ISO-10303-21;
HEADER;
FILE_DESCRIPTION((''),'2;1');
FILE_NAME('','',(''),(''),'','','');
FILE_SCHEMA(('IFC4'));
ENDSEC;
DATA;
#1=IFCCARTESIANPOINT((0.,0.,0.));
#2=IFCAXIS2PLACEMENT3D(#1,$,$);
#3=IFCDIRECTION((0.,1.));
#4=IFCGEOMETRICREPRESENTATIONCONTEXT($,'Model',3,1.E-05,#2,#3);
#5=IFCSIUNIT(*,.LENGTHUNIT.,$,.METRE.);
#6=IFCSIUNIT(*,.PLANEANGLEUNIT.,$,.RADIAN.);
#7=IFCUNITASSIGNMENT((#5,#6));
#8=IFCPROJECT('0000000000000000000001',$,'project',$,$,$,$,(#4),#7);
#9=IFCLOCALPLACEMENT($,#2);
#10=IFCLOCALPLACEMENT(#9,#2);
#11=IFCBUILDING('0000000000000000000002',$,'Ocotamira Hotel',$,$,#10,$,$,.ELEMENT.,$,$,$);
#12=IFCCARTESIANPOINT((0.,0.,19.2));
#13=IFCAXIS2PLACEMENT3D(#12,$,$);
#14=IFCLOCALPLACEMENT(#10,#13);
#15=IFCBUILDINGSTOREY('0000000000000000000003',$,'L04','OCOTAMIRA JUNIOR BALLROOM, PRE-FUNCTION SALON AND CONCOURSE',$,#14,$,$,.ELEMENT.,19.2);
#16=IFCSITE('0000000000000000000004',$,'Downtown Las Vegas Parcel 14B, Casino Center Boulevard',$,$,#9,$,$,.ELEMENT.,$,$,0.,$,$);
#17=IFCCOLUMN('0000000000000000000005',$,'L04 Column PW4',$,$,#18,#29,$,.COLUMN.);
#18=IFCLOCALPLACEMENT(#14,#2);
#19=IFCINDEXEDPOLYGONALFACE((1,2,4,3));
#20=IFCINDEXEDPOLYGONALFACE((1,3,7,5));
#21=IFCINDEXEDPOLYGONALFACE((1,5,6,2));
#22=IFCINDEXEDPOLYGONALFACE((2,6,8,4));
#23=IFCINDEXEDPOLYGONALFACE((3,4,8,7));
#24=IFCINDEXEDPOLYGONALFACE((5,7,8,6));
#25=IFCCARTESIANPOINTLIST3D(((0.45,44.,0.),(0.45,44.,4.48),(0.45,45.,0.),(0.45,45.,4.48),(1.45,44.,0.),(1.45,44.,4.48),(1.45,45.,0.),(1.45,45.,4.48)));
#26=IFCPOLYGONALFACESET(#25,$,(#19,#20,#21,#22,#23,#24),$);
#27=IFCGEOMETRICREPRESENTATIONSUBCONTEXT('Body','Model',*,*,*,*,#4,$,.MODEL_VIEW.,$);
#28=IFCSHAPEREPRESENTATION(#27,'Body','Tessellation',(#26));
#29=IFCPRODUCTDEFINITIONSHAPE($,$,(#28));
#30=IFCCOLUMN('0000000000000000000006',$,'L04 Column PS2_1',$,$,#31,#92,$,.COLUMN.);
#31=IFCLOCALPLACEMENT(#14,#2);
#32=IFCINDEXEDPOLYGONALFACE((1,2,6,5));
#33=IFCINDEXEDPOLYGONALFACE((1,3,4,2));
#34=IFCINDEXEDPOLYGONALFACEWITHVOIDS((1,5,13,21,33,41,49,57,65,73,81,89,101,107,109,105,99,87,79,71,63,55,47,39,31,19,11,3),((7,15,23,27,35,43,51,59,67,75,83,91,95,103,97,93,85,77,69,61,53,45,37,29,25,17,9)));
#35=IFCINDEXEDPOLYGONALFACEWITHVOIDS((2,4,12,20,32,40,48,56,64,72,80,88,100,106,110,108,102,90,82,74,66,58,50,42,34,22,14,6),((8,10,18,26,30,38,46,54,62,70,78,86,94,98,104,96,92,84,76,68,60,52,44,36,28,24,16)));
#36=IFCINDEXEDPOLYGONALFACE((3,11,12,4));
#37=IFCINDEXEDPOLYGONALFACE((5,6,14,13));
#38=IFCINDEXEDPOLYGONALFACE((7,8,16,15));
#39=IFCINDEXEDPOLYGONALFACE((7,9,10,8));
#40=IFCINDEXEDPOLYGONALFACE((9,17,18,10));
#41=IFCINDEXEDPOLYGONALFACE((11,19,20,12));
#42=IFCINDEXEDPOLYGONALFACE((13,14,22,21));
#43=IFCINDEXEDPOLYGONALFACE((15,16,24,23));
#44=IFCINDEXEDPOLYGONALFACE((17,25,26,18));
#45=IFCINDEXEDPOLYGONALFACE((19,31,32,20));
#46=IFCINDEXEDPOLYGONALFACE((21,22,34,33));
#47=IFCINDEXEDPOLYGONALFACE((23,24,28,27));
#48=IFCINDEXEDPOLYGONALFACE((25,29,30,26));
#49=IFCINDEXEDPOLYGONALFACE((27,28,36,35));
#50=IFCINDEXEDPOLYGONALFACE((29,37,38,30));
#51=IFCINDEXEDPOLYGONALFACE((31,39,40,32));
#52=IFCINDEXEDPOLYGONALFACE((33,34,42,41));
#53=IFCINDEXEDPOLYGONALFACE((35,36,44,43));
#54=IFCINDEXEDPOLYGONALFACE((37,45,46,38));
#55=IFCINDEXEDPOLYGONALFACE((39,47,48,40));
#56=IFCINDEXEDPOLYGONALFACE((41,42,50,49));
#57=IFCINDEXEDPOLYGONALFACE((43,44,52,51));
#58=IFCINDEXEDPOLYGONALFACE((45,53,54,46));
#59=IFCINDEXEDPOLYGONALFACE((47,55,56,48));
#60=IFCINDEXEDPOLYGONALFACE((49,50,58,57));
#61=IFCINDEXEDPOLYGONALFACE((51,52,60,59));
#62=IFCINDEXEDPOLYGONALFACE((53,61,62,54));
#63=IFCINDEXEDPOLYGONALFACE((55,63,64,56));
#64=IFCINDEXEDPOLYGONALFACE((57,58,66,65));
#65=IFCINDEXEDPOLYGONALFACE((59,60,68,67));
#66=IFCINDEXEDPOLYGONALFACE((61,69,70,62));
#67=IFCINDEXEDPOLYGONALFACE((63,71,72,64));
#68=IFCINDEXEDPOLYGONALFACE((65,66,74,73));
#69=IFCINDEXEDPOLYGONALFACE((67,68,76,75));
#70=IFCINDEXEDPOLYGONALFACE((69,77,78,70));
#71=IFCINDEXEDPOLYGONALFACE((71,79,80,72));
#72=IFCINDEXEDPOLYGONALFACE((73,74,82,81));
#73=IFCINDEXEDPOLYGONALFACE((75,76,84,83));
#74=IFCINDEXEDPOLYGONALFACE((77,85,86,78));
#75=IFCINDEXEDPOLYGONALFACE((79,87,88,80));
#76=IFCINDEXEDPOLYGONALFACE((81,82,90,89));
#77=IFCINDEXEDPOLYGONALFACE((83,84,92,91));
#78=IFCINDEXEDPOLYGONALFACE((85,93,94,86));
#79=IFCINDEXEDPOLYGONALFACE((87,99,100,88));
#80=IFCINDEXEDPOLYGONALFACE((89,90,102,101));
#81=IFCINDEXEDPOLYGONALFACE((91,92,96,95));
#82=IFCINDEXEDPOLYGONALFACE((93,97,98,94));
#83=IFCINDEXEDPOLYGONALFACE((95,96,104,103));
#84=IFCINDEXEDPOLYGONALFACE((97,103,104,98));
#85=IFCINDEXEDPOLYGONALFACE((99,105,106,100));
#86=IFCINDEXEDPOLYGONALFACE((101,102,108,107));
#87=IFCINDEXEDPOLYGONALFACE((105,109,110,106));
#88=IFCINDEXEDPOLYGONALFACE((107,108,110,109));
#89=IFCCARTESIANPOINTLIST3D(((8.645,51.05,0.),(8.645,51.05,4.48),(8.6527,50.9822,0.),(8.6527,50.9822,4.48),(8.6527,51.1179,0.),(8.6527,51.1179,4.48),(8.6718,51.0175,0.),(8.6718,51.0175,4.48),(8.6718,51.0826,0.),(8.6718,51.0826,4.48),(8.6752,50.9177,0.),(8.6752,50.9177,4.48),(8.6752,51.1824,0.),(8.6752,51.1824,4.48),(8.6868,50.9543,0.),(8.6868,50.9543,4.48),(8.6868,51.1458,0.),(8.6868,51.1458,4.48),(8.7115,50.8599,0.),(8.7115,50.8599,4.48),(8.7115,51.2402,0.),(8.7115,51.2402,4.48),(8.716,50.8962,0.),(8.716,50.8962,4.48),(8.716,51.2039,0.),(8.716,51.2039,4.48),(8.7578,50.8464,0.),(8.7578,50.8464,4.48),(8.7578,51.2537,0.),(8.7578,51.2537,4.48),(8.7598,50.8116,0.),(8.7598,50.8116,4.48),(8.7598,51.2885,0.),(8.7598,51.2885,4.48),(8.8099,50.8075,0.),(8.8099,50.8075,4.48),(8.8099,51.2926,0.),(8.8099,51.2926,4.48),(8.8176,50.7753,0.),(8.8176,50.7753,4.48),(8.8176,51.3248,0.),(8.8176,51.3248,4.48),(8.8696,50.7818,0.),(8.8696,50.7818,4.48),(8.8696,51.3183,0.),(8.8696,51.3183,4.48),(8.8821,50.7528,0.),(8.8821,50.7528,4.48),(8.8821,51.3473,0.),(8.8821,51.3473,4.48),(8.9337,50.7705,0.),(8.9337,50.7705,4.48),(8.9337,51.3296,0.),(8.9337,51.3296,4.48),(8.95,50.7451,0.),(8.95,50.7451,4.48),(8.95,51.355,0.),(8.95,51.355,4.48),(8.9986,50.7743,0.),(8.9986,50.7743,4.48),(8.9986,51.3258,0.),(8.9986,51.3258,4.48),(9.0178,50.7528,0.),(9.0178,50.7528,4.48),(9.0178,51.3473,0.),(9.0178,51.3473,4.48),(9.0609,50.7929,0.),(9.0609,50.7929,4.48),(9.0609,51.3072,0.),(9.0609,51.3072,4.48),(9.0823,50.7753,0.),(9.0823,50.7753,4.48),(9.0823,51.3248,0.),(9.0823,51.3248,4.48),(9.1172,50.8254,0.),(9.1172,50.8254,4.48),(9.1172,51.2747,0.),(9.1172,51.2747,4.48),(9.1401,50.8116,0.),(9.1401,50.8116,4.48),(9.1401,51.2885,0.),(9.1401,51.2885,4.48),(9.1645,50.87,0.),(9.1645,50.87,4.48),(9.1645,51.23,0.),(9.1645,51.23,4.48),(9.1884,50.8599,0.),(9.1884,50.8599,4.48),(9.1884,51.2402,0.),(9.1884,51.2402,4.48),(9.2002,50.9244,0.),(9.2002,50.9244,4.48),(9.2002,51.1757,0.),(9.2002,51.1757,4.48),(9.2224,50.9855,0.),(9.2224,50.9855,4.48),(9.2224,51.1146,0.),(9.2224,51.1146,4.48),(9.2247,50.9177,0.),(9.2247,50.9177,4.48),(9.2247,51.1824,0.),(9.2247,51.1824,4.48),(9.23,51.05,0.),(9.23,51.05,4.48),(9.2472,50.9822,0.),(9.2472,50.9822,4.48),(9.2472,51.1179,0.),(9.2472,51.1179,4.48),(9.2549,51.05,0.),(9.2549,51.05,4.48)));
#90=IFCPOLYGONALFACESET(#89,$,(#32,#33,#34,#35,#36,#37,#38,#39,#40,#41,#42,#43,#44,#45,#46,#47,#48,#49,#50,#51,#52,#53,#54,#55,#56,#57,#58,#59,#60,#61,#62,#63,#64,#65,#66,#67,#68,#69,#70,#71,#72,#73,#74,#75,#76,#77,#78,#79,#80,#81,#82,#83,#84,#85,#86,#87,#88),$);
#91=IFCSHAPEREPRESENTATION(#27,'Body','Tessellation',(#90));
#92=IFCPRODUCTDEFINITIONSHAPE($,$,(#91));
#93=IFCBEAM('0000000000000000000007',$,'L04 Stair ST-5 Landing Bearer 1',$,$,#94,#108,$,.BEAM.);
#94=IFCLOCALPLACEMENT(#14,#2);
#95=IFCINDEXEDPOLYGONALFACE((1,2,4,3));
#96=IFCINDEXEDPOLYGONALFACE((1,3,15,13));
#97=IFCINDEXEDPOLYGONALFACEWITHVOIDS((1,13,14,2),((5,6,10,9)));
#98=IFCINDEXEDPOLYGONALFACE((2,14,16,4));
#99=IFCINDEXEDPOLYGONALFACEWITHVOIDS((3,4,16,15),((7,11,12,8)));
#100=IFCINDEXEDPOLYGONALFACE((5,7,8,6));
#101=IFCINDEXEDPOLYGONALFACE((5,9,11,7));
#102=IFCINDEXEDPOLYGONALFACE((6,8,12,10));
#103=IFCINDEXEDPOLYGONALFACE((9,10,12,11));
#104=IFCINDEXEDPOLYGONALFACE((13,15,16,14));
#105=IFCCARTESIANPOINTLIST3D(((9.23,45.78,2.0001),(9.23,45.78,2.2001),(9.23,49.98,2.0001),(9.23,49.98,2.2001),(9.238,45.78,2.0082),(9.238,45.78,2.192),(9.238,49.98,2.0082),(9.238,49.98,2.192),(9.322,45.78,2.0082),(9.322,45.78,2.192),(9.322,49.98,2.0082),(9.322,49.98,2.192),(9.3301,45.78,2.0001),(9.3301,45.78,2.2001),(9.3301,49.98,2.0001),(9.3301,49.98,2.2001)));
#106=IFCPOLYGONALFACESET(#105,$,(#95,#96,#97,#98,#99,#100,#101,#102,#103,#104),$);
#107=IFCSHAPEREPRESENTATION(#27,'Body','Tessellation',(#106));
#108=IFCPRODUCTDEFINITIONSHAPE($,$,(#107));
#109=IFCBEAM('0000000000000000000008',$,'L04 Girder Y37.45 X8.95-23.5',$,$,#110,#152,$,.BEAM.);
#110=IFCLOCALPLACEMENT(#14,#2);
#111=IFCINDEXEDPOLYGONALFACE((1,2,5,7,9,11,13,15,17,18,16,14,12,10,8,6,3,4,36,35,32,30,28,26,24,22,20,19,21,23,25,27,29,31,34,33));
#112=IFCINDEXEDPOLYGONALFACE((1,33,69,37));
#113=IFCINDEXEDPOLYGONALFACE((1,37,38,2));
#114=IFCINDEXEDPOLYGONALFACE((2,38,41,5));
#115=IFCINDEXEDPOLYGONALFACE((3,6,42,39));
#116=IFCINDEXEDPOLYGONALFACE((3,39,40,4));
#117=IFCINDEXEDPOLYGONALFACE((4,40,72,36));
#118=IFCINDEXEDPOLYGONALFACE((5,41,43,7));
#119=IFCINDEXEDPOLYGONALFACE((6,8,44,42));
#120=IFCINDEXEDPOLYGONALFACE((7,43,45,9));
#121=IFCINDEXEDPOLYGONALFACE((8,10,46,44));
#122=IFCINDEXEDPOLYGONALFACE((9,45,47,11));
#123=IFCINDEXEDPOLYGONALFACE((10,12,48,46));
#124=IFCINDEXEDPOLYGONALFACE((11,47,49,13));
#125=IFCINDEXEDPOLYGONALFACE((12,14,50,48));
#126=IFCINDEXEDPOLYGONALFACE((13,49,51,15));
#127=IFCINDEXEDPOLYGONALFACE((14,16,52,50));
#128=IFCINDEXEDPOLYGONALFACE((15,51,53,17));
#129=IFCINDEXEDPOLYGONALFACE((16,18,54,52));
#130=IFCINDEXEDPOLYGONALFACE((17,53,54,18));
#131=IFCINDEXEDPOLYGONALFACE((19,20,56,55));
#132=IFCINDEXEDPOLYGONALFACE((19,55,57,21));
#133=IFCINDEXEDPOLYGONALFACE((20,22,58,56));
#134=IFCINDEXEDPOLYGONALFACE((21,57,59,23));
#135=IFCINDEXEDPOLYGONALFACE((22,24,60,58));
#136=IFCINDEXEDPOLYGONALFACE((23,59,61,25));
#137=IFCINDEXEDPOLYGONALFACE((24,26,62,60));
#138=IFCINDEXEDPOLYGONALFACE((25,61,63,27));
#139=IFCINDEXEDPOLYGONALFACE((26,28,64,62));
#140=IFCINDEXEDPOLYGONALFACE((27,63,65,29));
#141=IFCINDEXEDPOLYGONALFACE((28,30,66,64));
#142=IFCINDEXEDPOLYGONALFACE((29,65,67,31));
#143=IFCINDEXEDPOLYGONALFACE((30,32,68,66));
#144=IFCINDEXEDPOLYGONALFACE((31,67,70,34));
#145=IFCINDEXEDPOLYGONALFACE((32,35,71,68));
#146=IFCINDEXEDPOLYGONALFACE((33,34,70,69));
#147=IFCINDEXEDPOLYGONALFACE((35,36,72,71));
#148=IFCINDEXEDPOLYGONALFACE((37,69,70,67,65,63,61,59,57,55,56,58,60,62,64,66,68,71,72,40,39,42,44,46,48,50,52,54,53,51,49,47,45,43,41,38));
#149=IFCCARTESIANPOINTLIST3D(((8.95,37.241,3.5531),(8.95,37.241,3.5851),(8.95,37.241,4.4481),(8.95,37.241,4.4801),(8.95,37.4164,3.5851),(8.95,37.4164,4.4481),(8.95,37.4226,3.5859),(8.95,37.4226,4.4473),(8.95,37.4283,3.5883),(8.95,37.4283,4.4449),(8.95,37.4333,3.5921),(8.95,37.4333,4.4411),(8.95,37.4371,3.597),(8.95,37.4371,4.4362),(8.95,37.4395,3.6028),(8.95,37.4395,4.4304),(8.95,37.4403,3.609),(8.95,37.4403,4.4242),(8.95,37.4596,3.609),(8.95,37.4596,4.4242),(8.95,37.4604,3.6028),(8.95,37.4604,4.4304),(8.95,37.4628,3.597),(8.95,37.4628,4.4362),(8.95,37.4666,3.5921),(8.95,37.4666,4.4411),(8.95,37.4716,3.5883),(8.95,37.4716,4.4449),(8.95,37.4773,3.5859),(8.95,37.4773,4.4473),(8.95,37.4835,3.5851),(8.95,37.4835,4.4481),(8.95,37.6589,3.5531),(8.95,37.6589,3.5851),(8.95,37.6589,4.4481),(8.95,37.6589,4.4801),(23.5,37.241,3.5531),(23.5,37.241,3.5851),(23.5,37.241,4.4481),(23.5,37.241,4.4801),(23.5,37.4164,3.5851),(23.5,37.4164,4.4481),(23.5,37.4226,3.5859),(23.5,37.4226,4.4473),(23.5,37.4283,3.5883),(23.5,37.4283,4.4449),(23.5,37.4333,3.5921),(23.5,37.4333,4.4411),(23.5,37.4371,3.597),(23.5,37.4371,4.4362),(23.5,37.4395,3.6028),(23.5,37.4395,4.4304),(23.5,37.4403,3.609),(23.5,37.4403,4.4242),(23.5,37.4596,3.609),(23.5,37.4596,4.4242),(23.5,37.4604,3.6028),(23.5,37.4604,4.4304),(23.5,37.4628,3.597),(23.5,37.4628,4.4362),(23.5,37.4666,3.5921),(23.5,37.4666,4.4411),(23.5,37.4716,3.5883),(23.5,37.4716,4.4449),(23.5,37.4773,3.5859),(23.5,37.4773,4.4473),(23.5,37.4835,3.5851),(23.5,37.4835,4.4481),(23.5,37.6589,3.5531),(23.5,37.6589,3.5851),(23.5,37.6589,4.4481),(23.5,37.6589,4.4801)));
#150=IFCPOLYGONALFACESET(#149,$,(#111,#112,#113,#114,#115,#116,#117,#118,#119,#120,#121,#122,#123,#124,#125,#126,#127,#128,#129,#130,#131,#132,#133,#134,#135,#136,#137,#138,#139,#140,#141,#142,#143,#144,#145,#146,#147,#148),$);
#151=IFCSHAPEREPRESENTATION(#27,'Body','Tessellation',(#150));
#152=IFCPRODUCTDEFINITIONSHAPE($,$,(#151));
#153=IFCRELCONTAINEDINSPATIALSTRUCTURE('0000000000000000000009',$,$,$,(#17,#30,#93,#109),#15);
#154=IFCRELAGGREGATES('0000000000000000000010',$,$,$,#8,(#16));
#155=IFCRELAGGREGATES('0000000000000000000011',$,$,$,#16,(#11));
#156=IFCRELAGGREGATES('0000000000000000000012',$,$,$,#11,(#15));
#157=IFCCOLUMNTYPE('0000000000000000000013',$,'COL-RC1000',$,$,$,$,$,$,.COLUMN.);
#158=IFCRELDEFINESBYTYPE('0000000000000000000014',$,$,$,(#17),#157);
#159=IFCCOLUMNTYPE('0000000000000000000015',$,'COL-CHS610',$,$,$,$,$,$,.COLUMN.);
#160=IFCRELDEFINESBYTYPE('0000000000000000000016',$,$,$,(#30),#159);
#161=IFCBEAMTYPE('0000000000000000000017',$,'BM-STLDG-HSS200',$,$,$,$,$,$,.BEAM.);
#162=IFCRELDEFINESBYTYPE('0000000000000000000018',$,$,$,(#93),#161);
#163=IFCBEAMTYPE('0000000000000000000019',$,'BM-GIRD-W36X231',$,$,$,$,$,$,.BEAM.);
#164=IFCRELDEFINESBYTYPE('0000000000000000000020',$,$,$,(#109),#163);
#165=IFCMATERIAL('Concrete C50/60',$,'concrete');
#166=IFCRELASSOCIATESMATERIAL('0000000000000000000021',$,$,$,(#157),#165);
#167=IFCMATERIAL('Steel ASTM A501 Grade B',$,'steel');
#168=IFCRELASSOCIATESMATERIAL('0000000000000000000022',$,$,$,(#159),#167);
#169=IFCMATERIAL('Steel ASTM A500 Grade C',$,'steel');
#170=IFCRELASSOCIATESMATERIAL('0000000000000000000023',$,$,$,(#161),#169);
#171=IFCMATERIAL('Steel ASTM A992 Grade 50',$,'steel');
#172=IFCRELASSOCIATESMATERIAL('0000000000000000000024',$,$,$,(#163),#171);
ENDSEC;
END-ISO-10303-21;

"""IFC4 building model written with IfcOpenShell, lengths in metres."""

from ifc_helpers import new_model, si_unit, direction, frame, origin, origin_2d, place, context, subcontext, project, spatial, rectangle, hollow_rectangle, hollow_circle, i_section, extrude, source, transform, mapped, material, material_profile, profile_set, type_object, element, save


model = new_model("IFC4")

# Units and contexts
model_context = context("Model", 3, precision=1e-05, world=origin(), true_north=direction((0.0, 1.0)))
body_context = subcontext(model_context, "Body", "Model", "MODEL_VIEW")
ifc_project = project(units=[si_unit("LENGTHUNIT", "METRE"), si_unit("PLANEANGLEUNIT", "RADIAN")], contexts=[model_context])

# Site, building, storey
site_placement = place(None, origin())
site = spatial("IfcSite", under=ifc_project, at=site_placement, Name="Downtown Las Vegas Parcel 14B, Casino Center Boulevard", CompositionType="ELEMENT", RefElevation=0.0)
building_placement = place(site_placement, origin())
building = spatial("IfcBuilding", under=site, at=building_placement, Name="Ocotamira Hotel", CompositionType="ELEMENT")
storey_placement = place(building_placement, frame((0.0, 0.0, 19.2)))
storey = spatial("IfcBuildingStorey", under=building, at=storey_placement, Name="L04", Description="OCOTAMIRA JUNIOR BALLROOM, PRE-FUNCTION SALON AND CONCOURSE", CompositionType="ELEMENT", Elevation=19.2)

# Columns
ifc_material_1 = material(Name="Concrete C50/60", Category="concrete")
ifc_material_profile_1 = material_profile(ifc_material_1, rectangle(XDim=1.0, YDim=1.0, at=origin_2d()), Name="RC1000X1000")
ifc_profile_set_1 = profile_set([ifc_material_profile_1], Name="Concrete C50/60")
column_type_1 = type_object("IfcColumnType", Name="COL-RC1000", PredefinedType="COLUMN", material=ifc_profile_set_1)
shared_shape_1 = source(origin(), body_context, "Body", "SweptSolid", [
    extrude(rectangle(XDim=1.0, YDim=1.0, at=origin_2d()), origin(), (0.0, 0.0, 1.0), 4.48),
])
column_1_placement = place(storey_placement, frame((0.95, 44.5, 0.0), z_axis=(0.0, 0.0, 1.0), x_axis=(1.0, 0.0, 0.0)))
element("IfcColumn", 1, at=column_1_placement, inside=storey, type_object=column_type_1, Name="L04 Column PW4", PredefinedType="COLUMN", context=body_context, shape_type="MappedRepresentation", body=[
    mapped(shared_shape_1, transform((0.0, 0.0, 0.0), scale=1.0)),
])
ifc_material_2 = material(Name="Steel ASTM A501 Grade B", Category="steel")
ifc_material_profile_2 = material_profile(ifc_material_2, hollow_circle(Radius=0.3049, WallThickness=0.0249, at=origin_2d()), Name="CHS610X25")
ifc_profile_set_2 = profile_set([ifc_material_profile_2], Name="Steel ASTM A501 Grade B")
column_type_2 = type_object("IfcColumnType", Name="COL-CHS610", PredefinedType="COLUMN", material=ifc_profile_set_2)
shared_shape_2 = source(origin(), body_context, "Body", "SweptSolid", [
    extrude(hollow_circle(Radius=0.3049, WallThickness=0.0249, at=origin_2d()), origin(), (0.0, 0.0, 1.0), 4.48),
])
column_2_placement = place(storey_placement, frame((8.95, 51.05, 0.0), z_axis=(0.0, 0.0, 1.0), x_axis=(1.0, 0.0, 0.0)))
element("IfcColumn", 2, at=column_2_placement, inside=storey, type_object=column_type_2, Name="L04 Column PS2_1", PredefinedType="COLUMN", context=body_context, shape_type="MappedRepresentation", body=[
    mapped(shared_shape_2, transform((0.0, 0.0, 0.0), scale=1.0)),
])

# Beams
ifc_material_3 = material(Name="Steel ASTM A500 Grade C", Category="steel")
ifc_material_profile_3 = material_profile(ifc_material_3, hollow_rectangle(XDim=0.1001, YDim=0.2, WallThickness=0.0081, at=origin_2d()), Name="HSS200X100X8")
ifc_profile_set_3 = profile_set([ifc_material_profile_3], Name="Steel ASTM A500 Grade C")
beam_type_1 = type_object("IfcBeamType", Name="BM-STLDG-HSS200", PredefinedType="BEAM", material=ifc_profile_set_3)
shared_shape_3 = source(origin(), body_context, "Body", "SweptSolid", [
    extrude(hollow_rectangle(XDim=0.1001, YDim=0.2, WallThickness=0.0081, at=origin_2d()), origin(), (0.0, 0.0, 1.0), 4.2),
])
beam_placement = place(storey_placement, frame((9.28, 45.78, 2.1001), z_axis=(0.0, 1.0, 0.0), x_axis=(-1.0, 0.0, 0.0)))
element("IfcBeam", 3, at=beam_placement, inside=storey, type_object=beam_type_1, Name="L04 Stair ST-5 Landing Bearer 1", PredefinedType="BEAM", context=body_context, shape_type="MappedRepresentation", body=[
    mapped(shared_shape_3, transform((0.0, 0.0, 0.0), scale=1.0)),
])
ifc_material_4 = material(Name="Steel ASTM A992 Grade 50", Category="steel")
ifc_material_profile_4 = material_profile(ifc_material_4, i_section(OverallWidth=0.418, OverallDepth=0.927, WebThickness=0.0193, FlangeThickness=0.032, FilletRadius=0.0239, at=origin_2d()), Name="W36X231")
ifc_profile_set_4 = profile_set([ifc_material_profile_4], Name="Steel ASTM A992 Grade 50")
beam_type_2 = type_object("IfcBeamType", Name="BM-GIRD-W36X231", PredefinedType="BEAM", material=ifc_profile_set_4)
shared_shape_4 = source(origin(), body_context, "Body", "SweptSolid", [
    extrude(i_section(OverallWidth=0.418, OverallDepth=0.927, WebThickness=0.0193, FlangeThickness=0.032, FilletRadius=0.0239, at=origin_2d()), origin(), (0.0, 0.0, 1.0), 14.55),
])
for number, where, z_axis, x_axis, name in (
    (4, (8.95, 37.45, 4.0166), (1.0, 0.0, 0.0), (0.0, 1.0, 0.0), "L04 Girder Y37.45 X8.95-23.5"),
):
    element("IfcBeam", number, at=place(storey_placement, frame(where, z_axis=z_axis, x_axis=x_axis)), inside=storey, type_object=beam_type_2, Name=name, PredefinedType="BEAM", context=body_context, shape_type="MappedRepresentation", body=[
        mapped(shared_shape_4, transform((0.0, 0.0, 0.0), scale=1.0)),
    ])

save(model, "model.ifc")
